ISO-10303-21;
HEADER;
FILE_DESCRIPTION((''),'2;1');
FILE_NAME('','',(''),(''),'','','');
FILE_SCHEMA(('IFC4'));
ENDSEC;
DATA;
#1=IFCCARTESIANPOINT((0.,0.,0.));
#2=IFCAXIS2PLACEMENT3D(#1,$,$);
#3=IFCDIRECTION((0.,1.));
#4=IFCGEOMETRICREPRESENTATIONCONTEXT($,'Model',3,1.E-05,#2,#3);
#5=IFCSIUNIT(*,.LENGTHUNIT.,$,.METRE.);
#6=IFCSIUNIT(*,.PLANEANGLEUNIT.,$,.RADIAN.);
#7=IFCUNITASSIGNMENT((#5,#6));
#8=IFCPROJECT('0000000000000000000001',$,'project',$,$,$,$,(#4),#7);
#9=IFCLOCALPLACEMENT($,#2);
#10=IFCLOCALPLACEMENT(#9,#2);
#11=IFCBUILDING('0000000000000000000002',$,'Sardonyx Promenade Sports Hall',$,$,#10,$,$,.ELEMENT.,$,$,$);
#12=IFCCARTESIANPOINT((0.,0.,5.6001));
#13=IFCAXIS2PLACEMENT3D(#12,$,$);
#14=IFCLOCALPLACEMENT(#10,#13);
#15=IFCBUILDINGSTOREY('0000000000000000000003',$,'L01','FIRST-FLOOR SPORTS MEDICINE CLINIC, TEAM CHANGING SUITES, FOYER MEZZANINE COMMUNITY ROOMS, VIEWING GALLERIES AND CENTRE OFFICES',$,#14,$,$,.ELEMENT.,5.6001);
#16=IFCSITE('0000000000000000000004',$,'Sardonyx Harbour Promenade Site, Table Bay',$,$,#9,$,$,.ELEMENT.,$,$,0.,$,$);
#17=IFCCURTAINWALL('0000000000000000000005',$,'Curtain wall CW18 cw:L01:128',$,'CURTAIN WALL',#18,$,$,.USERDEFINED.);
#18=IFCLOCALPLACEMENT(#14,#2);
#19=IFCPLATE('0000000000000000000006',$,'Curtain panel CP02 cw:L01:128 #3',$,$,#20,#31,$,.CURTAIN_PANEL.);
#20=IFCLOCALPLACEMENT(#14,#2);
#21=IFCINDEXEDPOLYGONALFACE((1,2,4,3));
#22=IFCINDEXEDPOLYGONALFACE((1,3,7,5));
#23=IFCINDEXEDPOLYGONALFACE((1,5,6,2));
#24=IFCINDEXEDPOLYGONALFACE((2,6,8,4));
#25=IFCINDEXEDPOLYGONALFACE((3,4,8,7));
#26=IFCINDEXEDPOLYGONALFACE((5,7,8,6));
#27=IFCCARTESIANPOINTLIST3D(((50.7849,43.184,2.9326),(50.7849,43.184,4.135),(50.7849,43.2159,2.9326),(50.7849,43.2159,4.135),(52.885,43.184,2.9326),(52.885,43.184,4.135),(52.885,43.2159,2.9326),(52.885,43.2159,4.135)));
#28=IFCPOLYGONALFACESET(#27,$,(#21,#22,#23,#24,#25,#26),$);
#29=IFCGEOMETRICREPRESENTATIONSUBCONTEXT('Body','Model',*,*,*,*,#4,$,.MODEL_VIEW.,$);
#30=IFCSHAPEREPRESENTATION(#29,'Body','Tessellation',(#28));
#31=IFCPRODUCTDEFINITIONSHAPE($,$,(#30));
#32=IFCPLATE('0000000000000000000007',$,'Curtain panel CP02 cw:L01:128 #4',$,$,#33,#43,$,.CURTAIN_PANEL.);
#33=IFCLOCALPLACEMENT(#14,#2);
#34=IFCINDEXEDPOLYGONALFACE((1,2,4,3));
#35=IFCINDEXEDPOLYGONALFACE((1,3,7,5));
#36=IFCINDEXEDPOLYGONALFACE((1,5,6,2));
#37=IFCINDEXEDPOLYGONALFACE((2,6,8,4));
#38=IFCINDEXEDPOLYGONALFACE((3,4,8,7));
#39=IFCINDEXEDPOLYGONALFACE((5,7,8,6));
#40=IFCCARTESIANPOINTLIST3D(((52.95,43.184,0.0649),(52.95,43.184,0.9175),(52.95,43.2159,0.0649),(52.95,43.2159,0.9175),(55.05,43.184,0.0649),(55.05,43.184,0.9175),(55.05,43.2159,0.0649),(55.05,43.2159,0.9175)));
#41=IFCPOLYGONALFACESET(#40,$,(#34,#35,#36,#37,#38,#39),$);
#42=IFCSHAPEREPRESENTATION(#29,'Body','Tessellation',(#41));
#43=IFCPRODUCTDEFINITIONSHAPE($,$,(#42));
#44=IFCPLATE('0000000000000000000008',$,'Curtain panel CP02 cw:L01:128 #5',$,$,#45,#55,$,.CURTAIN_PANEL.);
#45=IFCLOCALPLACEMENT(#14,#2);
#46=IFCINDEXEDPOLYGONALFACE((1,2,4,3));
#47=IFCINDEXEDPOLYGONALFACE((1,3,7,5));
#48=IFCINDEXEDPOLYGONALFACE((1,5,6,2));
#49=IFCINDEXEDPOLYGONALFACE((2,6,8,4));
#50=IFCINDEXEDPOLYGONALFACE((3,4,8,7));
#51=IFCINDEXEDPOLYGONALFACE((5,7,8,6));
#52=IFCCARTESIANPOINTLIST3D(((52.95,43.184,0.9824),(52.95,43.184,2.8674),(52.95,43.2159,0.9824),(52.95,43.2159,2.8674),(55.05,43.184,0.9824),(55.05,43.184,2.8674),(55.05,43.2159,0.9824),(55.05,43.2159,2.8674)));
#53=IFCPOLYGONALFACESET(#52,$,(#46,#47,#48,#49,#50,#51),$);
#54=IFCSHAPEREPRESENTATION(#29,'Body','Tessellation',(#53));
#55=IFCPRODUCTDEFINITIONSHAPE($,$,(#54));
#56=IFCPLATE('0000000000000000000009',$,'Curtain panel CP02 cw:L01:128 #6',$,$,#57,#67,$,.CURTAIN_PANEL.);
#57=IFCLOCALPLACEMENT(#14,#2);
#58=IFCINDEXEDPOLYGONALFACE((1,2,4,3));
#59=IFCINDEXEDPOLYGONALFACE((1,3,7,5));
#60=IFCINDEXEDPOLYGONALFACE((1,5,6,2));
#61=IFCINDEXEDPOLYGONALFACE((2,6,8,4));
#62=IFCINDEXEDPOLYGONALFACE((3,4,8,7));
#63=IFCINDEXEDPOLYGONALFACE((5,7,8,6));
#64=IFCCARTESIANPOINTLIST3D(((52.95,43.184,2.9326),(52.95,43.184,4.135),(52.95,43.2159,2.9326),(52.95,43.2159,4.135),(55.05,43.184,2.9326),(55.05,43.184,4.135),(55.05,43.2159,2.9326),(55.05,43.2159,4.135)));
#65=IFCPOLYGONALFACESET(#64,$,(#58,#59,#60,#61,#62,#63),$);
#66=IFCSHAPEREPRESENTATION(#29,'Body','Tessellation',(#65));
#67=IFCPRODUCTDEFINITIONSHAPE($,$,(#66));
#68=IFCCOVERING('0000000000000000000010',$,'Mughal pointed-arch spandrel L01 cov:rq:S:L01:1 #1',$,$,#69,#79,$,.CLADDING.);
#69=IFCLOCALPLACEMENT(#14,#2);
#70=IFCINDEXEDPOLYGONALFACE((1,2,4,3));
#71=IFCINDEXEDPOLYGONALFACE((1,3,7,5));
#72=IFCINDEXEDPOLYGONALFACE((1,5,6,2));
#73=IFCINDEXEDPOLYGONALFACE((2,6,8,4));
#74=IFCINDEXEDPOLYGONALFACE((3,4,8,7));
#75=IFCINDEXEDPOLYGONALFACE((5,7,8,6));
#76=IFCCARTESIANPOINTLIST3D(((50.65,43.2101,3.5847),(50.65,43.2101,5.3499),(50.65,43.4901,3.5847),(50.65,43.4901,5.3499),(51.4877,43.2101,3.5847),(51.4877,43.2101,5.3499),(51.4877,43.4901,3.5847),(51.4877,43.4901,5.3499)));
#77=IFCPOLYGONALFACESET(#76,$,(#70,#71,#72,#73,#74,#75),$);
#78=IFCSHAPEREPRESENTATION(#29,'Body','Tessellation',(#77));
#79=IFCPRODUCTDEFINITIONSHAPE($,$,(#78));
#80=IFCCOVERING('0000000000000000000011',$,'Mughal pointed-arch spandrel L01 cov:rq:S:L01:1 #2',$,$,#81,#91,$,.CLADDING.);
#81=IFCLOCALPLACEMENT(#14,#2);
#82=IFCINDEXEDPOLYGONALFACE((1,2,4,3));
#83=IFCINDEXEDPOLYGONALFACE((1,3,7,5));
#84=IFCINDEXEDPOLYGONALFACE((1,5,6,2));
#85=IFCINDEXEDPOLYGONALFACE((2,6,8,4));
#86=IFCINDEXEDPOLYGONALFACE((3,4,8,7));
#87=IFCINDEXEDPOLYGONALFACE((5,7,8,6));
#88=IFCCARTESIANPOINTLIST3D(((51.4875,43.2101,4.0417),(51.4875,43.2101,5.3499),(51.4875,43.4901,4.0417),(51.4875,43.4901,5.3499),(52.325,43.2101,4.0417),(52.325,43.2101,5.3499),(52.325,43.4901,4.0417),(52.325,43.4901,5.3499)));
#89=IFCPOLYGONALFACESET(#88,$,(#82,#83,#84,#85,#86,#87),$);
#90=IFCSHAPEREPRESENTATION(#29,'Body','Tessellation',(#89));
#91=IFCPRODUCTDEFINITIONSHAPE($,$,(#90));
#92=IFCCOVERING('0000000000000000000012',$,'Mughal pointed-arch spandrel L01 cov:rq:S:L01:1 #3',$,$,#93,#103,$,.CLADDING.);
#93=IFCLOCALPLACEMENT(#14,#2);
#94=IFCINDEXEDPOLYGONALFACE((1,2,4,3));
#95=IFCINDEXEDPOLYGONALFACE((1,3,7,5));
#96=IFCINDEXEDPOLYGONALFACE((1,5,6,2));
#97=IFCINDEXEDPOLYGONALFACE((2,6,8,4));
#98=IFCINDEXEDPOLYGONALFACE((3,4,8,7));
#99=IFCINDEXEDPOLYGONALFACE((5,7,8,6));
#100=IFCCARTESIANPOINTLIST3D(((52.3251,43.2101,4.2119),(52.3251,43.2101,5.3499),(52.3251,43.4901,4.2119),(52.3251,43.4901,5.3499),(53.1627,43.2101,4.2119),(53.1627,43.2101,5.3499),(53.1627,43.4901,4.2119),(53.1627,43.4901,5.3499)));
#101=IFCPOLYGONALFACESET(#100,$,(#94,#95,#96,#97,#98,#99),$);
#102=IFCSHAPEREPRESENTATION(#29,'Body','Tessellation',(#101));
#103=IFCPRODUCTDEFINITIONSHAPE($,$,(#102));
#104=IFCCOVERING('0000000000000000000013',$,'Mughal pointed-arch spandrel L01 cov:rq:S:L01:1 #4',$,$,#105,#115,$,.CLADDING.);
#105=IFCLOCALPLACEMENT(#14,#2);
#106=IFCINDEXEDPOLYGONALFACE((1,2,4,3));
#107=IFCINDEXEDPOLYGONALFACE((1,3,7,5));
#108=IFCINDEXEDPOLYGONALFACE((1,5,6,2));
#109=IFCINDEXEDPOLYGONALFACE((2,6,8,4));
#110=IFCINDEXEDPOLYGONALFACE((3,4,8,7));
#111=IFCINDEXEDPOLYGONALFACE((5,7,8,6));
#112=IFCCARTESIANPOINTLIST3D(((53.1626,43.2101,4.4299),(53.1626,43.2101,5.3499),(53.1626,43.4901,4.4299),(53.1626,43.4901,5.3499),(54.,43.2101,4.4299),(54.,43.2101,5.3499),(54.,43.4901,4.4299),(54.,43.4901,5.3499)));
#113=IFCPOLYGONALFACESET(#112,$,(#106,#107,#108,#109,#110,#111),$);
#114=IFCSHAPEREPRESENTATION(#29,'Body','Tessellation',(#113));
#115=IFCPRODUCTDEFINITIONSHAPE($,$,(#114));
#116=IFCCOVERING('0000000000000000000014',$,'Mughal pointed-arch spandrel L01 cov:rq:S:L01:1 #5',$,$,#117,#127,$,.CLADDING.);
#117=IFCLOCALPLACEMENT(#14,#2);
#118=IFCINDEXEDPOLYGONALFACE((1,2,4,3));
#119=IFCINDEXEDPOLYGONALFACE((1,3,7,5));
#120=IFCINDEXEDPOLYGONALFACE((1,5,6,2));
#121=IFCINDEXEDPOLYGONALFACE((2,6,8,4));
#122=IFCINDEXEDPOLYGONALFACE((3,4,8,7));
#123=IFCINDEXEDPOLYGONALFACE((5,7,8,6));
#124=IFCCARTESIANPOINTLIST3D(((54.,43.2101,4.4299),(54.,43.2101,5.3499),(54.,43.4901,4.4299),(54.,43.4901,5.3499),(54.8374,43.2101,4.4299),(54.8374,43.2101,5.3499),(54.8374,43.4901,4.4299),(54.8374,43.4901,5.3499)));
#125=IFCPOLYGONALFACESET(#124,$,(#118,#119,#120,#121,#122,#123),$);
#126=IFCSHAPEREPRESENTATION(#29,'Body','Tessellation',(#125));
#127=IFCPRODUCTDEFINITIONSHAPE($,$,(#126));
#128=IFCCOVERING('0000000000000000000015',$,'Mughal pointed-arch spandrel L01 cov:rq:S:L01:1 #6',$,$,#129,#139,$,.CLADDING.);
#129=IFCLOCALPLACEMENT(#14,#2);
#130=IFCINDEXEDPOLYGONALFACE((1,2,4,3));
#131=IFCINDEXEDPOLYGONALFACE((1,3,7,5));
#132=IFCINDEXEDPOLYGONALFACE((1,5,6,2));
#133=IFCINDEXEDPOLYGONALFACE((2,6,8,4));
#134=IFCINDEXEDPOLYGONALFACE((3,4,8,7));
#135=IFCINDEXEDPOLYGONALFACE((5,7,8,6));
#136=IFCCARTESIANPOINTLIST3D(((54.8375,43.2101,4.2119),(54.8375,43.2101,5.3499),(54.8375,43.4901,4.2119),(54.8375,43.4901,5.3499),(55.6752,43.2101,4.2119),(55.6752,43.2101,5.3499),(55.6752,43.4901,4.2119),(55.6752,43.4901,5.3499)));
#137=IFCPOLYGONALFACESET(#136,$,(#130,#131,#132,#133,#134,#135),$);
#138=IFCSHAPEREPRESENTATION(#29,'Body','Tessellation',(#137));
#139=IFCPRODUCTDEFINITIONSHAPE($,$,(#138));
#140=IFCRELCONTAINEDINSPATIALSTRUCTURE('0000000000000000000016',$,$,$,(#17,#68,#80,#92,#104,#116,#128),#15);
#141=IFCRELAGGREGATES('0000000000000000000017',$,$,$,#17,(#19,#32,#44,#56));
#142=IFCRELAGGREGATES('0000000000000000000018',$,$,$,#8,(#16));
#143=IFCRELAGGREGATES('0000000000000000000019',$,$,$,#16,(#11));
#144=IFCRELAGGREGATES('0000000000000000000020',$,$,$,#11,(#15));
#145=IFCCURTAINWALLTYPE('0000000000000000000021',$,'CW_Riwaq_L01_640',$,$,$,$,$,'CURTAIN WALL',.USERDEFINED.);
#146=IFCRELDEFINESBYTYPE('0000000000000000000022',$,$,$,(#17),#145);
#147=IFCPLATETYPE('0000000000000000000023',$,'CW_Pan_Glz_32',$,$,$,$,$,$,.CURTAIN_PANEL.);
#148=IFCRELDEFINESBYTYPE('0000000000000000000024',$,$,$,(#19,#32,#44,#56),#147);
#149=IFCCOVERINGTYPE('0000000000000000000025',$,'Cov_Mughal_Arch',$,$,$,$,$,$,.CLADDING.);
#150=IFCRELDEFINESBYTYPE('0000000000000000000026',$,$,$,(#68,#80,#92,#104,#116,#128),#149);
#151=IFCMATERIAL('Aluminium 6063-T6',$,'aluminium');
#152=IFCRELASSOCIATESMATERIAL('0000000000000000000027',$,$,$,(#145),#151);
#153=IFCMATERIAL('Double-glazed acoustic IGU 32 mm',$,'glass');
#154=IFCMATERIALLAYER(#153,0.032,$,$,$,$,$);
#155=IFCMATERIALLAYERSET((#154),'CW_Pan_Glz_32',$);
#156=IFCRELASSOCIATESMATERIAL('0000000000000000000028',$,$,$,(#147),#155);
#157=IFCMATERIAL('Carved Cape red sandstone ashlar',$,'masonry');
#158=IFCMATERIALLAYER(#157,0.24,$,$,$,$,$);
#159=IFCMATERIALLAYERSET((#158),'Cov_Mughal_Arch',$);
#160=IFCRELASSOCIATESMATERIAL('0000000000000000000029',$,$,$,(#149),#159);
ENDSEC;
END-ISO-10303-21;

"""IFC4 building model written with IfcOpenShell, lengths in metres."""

from ifc_helpers import new_model, si_unit, direction, frame, frame_2d, origin, origin_2d, place, context, subcontext, project, spatial, rectangle, extrude, material, layer, layer_set, type_object, element, aggregate, save


model = new_model("IFC4")

# Units and contexts
model_context = context("Model", 3, precision=1e-05, world=origin(), true_north=direction((0.0, 1.0)))
body_context = subcontext(model_context, "Body", "Model", "MODEL_VIEW")
ifc_project = project(units=[si_unit("LENGTHUNIT", "METRE"), si_unit("PLANEANGLEUNIT", "RADIAN")], contexts=[model_context])

# Site, building, storey
site_placement = place(None, origin())
site = spatial("IfcSite", under=ifc_project, at=site_placement, Name="Sardonyx Harbour Promenade Site, Table Bay", CompositionType="ELEMENT", RefElevation=0.0)
building_placement = place(site_placement, origin())
building = spatial("IfcBuilding", under=site, at=building_placement, Name="Sardonyx Promenade Sports Hall", CompositionType="ELEMENT")
storey_placement = place(building_placement, frame((0.0, 0.0, 5.6001)))
storey = spatial("IfcBuildingStorey", under=building, at=storey_placement, Name="L01", Description="FIRST-FLOOR SPORTS MEDICINE CLINIC, TEAM CHANGING SUITES, FOYER MEZZANINE COMMUNITY ROOMS, VIEWING GALLERIES AND CENTRE OFFICES", CompositionType="ELEMENT", Elevation=5.6001)

# Curtain wall, plates
ifc_material_1 = material(Name="Aluminium 6063-T6", Category="aluminium")
curtain_wall_type = type_object("IfcCurtainWallType", Name="CW_Riwaq_L01_640", ElementType="CURTAIN WALL", PredefinedType="USERDEFINED", material=ifc_material_1)
curtain_wall_placement = place(storey_placement, origin())
curtain_wall = element("IfcCurtainWall", 1, at=curtain_wall_placement, inside=storey, type_object=curtain_wall_type, Name="Curtain wall CW18 cw:L01:128", ObjectType="CURTAIN WALL", PredefinedType="USERDEFINED")
ifc_material_2 = material(Name="Double-glazed acoustic IGU 32 mm", Category="glass")
ifc_layer_1 = layer(ifc_material_2, 0.032)
ifc_layer_set_1 = layer_set([ifc_layer_1], Name="CW_Pan_Glz_32")
plate_type = type_object("IfcPlateType", Name="CW_Pan_Glz_32", PredefinedType="CURTAIN_PANEL", material=ifc_layer_set_1)
plate_1_placement = place(storey_placement, frame((51.835, 43.2, 2.9326), z_axis=(0.0, 0.0, 1.0), x_axis=(1.0, 0.0, 0.0)))
plate_1 = element("IfcPlate", 2, at=plate_1_placement, type_object=plate_type, Name="Curtain panel CP02 cw:L01:128 #3", PredefinedType="CURTAIN_PANEL", context=body_context, shape_type="SweptSolid", body=[
    extrude(rectangle(XDim=2.1001, YDim=0.032, at=origin_2d()), origin(), (0.0, 0.0, 1.0), 1.2024),
])
plate_2_placement = place(storey_placement, frame((54.0, 43.2, 0.0649), z_axis=(0.0, 0.0, 1.0), x_axis=(1.0, 0.0, 0.0)))
plate_2 = element("IfcPlate", 3, at=plate_2_placement, type_object=plate_type, Name="Curtain panel CP02 cw:L01:128 #4", PredefinedType="CURTAIN_PANEL", context=body_context, shape_type="SweptSolid", body=[
    extrude(rectangle(XDim=2.1001, YDim=0.032, at=origin_2d()), origin(), (0.0, 0.0, 1.0), 0.8525),
])
plate_3_placement = place(storey_placement, frame((54.0, 43.2, 0.9824), z_axis=(0.0, 0.0, 1.0), x_axis=(1.0, 0.0, 0.0)))
plate_3 = element("IfcPlate", 4, at=plate_3_placement, type_object=plate_type, Name="Curtain panel CP02 cw:L01:128 #5", PredefinedType="CURTAIN_PANEL", context=body_context, shape_type="SweptSolid", body=[
    extrude(rectangle(XDim=2.1001, YDim=0.032, at=origin_2d()), origin(), (0.0, 0.0, 1.0), 1.885),
])
plate_4_placement = place(storey_placement, frame((54.0, 43.2, 2.9326), z_axis=(0.0, 0.0, 1.0), x_axis=(1.0, 0.0, 0.0)))
plate_4 = element("IfcPlate", 5, at=plate_4_placement, type_object=plate_type, Name="Curtain panel CP02 cw:L01:128 #6", PredefinedType="CURTAIN_PANEL", context=body_context, shape_type="SweptSolid", body=[
    extrude(rectangle(XDim=2.1001, YDim=0.032, at=origin_2d()), origin(), (0.0, 0.0, 1.0), 1.2024),
])
aggregate(curtain_wall, [plate_1, plate_2, plate_3, plate_4])

# Coverings
ifc_material_3 = material(Name="Carved Cape red sandstone ashlar", Category="masonry")
ifc_layer_2 = layer(ifc_material_3, 0.24)
ifc_layer_set_2 = layer_set([ifc_layer_2], Name="Cov_Mughal_Arch")
covering_type = type_object("IfcCoveringType", Name="Cov_Mughal_Arch", PredefinedType="CLADDING", material=ifc_layer_set_2)
covering_1_placement = place(storey_placement, frame((50.6499, 43.3501, 3.5847), z_axis=(0.0, 0.0, 1.0), x_axis=(1.0, 0.0, 0.0)))
element("IfcCovering", 6, at=covering_1_placement, inside=storey, type_object=covering_type, Name="Mughal pointed-arch spandrel L01 cov:rq:S:L01:1 #1", PredefinedType="CLADDING", context=body_context, shape_type="SweptSolid", body=[
    extrude(rectangle(XDim=0.8376, YDim=0.28, at=frame_2d((0.4189, 0.0))), origin(), (0.0, 0.0, 1.0), 1.7651),
])
covering_2_placement = place(storey_placement, frame((51.4875, 43.3501, 4.0417), z_axis=(0.0, 0.0, 1.0), x_axis=(1.0, 0.0, 0.0)))
element("IfcCovering", 7, at=covering_2_placement, inside=storey, type_object=covering_type, Name="Mughal pointed-arch spandrel L01 cov:rq:S:L01:1 #2", PredefinedType="CLADDING", context=body_context, shape_type="SweptSolid", body=[
    extrude(rectangle(XDim=0.8374, YDim=0.28, at=frame_2d((0.4187, 0.0))), origin(), (0.0, 0.0, 1.0), 1.3081),
])
covering_3_placement = place(storey_placement, frame((52.325, 43.3501, 4.2119), z_axis=(0.0, 0.0, 1.0), x_axis=(1.0, 0.0, 0.0)))
element("IfcCovering", 8, at=covering_3_placement, inside=storey, type_object=covering_type, Name="Mughal pointed-arch spandrel L01 cov:rq:S:L01:1 #3", PredefinedType="CLADDING", context=body_context, shape_type="SweptSolid", body=[
    extrude(rectangle(XDim=0.8376, YDim=0.28, at=frame_2d((0.4189, 0.0))), origin(), (0.0, 0.0, 1.0), 1.1379),
])
for number, where, z_axis, x_axis, name in (
    (9, (53.1626, 43.3501, 4.4299), (0.0, 0.0, 1.0), (1.0, 0.0, 0.0), "Mughal pointed-arch spandrel L01 cov:rq:S:L01:1 #4"),
    (10, (54.0, 43.3501, 4.4299), (0.0, 0.0, 1.0), (1.0, 0.0, 0.0), "Mughal pointed-arch spandrel L01 cov:rq:S:L01:1 #5"),
):
    element("IfcCovering", number, at=place(storey_placement, frame(where, z_axis=z_axis, x_axis=x_axis)), inside=storey, type_object=covering_type, Name=name, PredefinedType="CLADDING", context=body_context, shape_type="SweptSolid", body=[
        extrude(rectangle(XDim=0.8374, YDim=0.28, at=frame_2d((0.4187, 0.0))), origin(), (0.0, 0.0, 1.0), 0.9199),
    ])
covering_4_placement = place(storey_placement, frame((54.8374, 43.3501, 4.2119), z_axis=(0.0, 0.0, 1.0), x_axis=(1.0, 0.0, 0.0)))
element("IfcCovering", 11, at=covering_4_placement, inside=storey, type_object=covering_type, Name="Mughal pointed-arch spandrel L01 cov:rq:S:L01:1 #6", PredefinedType="CLADDING", context=body_context, shape_type="SweptSolid", body=[
    extrude(rectangle(XDim=0.8376, YDim=0.28, at=frame_2d((0.4189, 0.0))), origin(), (0.0, 0.0, 1.0), 1.1379),
])

save(model, "model.ifc")
